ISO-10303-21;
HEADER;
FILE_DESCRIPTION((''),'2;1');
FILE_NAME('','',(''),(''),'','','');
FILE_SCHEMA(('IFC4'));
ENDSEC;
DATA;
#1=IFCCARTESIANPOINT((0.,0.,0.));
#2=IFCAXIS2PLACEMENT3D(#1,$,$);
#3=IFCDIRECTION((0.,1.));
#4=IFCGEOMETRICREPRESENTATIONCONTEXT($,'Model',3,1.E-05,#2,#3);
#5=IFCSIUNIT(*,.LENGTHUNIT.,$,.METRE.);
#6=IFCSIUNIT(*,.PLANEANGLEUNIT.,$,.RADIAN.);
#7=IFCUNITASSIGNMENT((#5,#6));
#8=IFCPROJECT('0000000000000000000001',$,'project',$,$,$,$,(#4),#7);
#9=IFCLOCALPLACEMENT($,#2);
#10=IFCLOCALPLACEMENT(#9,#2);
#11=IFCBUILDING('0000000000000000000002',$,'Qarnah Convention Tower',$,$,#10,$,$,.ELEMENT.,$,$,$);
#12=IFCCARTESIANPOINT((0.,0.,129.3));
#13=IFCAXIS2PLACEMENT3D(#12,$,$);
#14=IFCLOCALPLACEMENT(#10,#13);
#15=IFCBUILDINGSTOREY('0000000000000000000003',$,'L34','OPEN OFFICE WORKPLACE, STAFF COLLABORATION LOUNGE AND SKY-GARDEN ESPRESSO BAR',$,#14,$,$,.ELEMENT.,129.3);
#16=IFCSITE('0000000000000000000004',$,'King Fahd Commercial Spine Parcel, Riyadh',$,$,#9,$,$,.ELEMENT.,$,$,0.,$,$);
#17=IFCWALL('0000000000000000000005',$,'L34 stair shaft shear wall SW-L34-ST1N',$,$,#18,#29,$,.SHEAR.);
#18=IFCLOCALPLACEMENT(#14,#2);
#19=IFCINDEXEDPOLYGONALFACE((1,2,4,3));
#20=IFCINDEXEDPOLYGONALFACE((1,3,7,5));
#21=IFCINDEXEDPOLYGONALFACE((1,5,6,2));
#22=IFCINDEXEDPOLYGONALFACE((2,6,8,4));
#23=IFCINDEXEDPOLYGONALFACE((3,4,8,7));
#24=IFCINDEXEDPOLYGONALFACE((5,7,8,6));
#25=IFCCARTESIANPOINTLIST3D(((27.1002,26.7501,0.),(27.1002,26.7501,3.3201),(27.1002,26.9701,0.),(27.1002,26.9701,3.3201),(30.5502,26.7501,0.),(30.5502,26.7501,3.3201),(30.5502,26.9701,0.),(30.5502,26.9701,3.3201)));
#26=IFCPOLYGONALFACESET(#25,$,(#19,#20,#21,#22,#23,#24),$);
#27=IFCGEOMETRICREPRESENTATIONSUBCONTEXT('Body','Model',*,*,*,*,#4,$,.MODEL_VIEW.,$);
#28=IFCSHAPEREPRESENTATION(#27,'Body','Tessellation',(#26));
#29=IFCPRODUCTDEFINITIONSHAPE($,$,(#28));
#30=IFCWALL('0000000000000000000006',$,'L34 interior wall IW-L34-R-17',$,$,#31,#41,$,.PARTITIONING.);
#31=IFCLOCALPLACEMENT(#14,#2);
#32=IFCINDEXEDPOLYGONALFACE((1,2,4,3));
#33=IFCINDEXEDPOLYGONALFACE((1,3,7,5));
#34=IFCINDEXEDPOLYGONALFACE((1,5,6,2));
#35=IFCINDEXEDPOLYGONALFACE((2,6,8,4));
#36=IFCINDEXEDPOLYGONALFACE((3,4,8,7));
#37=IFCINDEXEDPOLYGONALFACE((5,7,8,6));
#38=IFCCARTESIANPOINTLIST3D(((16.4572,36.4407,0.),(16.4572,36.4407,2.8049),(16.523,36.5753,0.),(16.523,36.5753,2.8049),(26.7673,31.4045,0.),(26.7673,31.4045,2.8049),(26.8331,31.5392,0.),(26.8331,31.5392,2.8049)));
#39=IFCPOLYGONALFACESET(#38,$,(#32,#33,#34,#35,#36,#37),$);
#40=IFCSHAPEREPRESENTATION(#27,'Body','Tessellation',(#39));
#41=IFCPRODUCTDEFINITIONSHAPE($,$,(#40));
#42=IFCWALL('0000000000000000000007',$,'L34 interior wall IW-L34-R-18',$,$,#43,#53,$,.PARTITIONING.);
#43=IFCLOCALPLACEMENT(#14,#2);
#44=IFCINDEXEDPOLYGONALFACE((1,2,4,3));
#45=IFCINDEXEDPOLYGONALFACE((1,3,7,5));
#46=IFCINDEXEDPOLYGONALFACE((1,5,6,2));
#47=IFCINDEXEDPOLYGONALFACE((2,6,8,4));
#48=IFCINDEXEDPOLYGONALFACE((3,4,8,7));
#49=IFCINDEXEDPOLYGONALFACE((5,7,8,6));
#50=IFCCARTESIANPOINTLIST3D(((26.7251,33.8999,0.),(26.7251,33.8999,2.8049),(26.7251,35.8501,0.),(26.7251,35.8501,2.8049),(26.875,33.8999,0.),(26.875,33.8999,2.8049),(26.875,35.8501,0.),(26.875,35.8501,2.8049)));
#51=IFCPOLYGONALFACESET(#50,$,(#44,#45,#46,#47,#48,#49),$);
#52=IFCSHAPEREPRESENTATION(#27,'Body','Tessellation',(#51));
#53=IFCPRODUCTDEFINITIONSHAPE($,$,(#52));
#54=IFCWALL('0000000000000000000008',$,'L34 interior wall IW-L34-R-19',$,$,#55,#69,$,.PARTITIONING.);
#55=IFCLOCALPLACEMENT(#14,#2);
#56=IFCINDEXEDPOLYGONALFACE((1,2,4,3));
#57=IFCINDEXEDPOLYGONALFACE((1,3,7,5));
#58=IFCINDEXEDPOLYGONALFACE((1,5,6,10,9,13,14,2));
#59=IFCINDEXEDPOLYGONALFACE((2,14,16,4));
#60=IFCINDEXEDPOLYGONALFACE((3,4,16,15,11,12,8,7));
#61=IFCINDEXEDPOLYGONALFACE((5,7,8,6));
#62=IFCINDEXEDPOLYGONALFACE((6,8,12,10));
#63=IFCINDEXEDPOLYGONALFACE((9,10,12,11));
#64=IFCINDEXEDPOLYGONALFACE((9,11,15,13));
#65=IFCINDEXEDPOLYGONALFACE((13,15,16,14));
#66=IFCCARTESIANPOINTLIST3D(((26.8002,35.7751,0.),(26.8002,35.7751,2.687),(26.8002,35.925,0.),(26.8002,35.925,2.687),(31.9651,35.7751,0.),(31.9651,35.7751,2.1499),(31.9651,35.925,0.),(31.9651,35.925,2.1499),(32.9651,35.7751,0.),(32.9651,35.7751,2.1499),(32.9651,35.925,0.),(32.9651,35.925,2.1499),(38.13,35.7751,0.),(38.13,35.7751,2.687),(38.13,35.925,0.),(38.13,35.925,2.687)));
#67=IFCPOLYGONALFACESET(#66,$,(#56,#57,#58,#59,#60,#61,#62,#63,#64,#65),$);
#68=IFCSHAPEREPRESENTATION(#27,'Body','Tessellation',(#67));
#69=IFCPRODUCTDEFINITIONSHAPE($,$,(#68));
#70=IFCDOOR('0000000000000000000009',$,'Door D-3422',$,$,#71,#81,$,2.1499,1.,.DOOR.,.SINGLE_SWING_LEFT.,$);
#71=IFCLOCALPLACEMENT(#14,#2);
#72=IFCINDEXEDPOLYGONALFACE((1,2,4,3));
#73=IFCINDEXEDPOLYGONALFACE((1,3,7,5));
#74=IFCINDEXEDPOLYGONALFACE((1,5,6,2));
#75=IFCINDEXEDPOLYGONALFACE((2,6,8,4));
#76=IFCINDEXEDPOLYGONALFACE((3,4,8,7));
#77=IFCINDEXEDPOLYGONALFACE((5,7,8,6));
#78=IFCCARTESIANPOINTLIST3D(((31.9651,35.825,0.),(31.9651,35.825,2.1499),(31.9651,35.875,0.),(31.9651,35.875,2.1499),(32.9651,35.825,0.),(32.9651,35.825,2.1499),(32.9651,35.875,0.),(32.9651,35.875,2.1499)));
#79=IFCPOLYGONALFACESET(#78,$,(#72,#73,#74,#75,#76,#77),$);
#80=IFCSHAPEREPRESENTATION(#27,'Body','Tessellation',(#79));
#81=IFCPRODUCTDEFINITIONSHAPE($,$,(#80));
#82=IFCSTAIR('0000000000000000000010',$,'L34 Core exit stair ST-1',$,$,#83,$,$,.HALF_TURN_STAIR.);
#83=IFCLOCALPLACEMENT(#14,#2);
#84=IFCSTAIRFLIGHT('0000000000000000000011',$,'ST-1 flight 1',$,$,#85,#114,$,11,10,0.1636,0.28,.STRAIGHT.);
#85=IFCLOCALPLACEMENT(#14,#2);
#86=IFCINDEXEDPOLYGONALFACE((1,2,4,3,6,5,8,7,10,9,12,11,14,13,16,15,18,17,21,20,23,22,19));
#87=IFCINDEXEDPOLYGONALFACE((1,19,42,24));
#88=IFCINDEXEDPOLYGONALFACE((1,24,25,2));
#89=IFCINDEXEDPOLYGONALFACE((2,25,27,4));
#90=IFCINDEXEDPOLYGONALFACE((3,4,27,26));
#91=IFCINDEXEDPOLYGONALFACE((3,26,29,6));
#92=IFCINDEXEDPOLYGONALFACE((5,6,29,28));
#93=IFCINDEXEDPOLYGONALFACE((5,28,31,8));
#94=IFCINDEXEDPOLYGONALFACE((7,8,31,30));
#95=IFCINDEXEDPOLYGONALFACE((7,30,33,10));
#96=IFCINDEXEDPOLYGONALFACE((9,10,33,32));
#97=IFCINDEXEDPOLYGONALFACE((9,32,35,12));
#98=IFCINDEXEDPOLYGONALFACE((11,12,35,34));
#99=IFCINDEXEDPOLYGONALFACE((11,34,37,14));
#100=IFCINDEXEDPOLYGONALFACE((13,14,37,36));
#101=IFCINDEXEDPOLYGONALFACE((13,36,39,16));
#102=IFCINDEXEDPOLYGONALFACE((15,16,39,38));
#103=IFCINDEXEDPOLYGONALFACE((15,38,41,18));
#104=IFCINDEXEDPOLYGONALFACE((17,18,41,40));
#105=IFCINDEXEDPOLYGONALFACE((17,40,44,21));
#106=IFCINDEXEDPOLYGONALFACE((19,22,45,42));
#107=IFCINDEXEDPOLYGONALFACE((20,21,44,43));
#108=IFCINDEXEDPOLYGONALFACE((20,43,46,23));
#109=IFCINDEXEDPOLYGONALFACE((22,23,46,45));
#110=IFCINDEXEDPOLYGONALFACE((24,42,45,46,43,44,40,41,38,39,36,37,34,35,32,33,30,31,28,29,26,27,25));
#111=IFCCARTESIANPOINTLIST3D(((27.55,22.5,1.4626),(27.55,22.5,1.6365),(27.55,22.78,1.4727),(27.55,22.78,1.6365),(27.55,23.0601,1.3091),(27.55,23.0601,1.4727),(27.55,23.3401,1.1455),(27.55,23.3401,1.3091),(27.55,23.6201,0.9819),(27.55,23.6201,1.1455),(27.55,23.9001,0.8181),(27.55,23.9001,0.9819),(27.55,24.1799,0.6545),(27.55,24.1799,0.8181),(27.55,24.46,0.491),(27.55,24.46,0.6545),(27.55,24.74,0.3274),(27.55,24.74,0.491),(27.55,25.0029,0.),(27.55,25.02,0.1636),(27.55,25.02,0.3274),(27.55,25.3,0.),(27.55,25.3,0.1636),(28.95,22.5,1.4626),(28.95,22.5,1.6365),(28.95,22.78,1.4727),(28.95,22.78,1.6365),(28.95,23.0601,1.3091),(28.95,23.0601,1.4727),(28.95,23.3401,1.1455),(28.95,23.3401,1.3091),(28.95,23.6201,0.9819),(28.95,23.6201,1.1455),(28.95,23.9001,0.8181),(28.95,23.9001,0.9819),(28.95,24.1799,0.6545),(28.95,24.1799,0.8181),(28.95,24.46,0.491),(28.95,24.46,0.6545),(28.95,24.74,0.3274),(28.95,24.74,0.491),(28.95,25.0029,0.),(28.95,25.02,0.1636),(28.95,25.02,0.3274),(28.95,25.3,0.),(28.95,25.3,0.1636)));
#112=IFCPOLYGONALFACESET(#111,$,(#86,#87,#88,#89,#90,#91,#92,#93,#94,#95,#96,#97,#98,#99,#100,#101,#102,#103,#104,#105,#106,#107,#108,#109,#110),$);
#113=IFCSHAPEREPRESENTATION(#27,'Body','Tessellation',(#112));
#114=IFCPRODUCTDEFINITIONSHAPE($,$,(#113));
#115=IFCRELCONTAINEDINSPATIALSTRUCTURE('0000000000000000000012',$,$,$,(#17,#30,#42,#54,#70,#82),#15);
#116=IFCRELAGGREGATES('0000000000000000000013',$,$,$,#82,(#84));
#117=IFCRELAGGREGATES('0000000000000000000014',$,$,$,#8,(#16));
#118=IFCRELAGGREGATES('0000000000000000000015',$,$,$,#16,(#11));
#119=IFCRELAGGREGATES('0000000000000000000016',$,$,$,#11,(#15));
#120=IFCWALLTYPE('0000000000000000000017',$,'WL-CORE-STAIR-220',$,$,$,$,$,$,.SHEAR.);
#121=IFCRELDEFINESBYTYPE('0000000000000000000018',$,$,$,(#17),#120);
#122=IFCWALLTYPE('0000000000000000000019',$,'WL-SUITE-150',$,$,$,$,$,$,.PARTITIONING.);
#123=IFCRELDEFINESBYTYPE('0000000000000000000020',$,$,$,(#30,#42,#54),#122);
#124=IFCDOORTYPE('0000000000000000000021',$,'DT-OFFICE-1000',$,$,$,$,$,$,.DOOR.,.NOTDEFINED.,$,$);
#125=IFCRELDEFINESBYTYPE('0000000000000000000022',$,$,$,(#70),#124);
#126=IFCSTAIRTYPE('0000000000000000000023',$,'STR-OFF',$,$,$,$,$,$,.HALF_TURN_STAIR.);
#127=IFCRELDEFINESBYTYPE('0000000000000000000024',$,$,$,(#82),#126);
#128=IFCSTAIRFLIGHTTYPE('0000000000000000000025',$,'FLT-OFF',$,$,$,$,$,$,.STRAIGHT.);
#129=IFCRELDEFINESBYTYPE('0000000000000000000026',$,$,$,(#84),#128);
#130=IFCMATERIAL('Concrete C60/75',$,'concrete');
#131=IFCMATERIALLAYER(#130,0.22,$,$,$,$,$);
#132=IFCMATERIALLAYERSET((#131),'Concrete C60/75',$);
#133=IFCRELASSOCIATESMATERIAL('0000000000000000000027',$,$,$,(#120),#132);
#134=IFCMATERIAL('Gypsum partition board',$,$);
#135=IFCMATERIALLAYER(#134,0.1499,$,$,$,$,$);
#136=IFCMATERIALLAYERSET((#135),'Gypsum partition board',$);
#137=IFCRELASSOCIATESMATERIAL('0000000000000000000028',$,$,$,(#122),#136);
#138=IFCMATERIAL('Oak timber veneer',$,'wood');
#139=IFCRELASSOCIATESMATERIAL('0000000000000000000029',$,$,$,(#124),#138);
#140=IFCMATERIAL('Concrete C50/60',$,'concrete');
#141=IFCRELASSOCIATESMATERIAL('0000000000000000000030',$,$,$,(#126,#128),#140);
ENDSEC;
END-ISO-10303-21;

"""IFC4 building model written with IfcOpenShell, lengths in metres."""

from ifc_helpers import new_model, si_unit, direction, frame, frame_2d, origin, place, context, subcontext, project, spatial, polyline, rectangle, outline, extrude, material, layer, layer_set, type_object, element, fill, aggregate, save


model = new_model("IFC4")

# Units and contexts
model_context = context("Model", 3, precision=1e-05, world=origin(), true_north=direction((0.0, 1.0)))
body_context = subcontext(model_context, "Body", "Model", "MODEL_VIEW")
ifc_project = project(units=[si_unit("LENGTHUNIT", "METRE"), si_unit("PLANEANGLEUNIT", "RADIAN")], contexts=[model_context])

# Site, building, storey
site_placement = place(None, origin())
site = spatial("IfcSite", under=ifc_project, at=site_placement, Name="King Fahd Commercial Spine Parcel, Riyadh", CompositionType="ELEMENT", RefElevation=0.0)
building_placement = place(site_placement, origin())
building = spatial("IfcBuilding", under=site, at=building_placement, Name="Qarnah Convention Tower", CompositionType="ELEMENT")
storey_placement = place(building_placement, frame((0.0, 0.0, 129.3)))
storey = spatial("IfcBuildingStorey", under=building, at=storey_placement, Name="L34", Description="OPEN OFFICE WORKPLACE, STAFF COLLABORATION LOUNGE AND SKY-GARDEN ESPRESSO BAR", CompositionType="ELEMENT", Elevation=129.3)

# Shared definitions
ifc_material_1 = material(Name="Concrete C60/75", Category="concrete")

# Wall
ifc_layer_1 = layer(ifc_material_1, 0.22)
ifc_layer_set_1 = layer_set([ifc_layer_1], Name="Concrete C60/75")
wall_type_1 = type_object("IfcWallType", Name="WL-CORE-STAIR-220", PredefinedType="SHEAR", material=ifc_layer_set_1)
wall_1_placement = place(storey_placement, frame((27.1001, 26.8601, 0.0), z_axis=(0.0, 0.0, 1.0), x_axis=(1.0, 0.0, 0.0)))
element("IfcWall", 1, at=wall_1_placement, inside=storey, type_object=wall_type_1, Name="L34 stair shaft shear wall SW-L34-ST1N", PredefinedType="SHEAR", context=body_context, shape_type="SweptSolid", body=[
    extrude(rectangle(XDim=3.45, YDim=0.22, at=frame_2d((1.7251, 0.0))), origin(), (0.0, 0.0, 1.0), 3.3201),
])

# Walls
ifc_material_2 = material(Name="Gypsum partition board")
ifc_layer_2 = layer(ifc_material_2, 0.1499)
ifc_layer_set_2 = layer_set([ifc_layer_2], Name="Gypsum partition board")
wall_type_2 = type_object("IfcWallType", Name="WL-SUITE-150", PredefinedType="PARTITIONING", material=ifc_layer_set_2)
wall_2_placement = place(storey_placement, frame((16.49, 36.5081, 0.0), z_axis=(0.0, 0.0, 1.0), x_axis=(0.898534, -0.438905, 0.0)))
element("IfcWall", 2, at=wall_2_placement, inside=storey, type_object=wall_type_2, Name="L34 interior wall IW-L34-R-17", PredefinedType="PARTITIONING", context=body_context, shape_type="SweptSolid", body=[
    extrude(rectangle(XDim=11.4744, YDim=0.1499, at=frame_2d((5.7373, 0.0))), origin(), (0.0, 0.0, 1.0), 2.8049),
])
wall_3_placement = place(storey_placement, frame((26.8, 33.8999, 0.0), z_axis=(0.0, 0.0, 1.0), x_axis=(0.0, 1.0, 0.0)))
element("IfcWall", 3, at=wall_3_placement, inside=storey, type_object=wall_type_2, Name="L34 interior wall IW-L34-R-18", PredefinedType="PARTITIONING", context=body_context, shape_type="SweptSolid", body=[
    extrude(rectangle(XDim=1.9502, YDim=0.1499, at=frame_2d((0.9751, 0.0))), origin(), (0.0, 0.0, 1.0), 2.8049),
])

# Wall, opening, door
wall_4_placement = place(storey_placement, frame((26.8, 35.8501, 0.0), z_axis=(0.0, 0.0, 1.0), x_axis=(1.0, 0.0, 0.0)))
wall_4 = element("IfcWall", 4, at=wall_4_placement, inside=storey, type_object=wall_type_2, Name="L34 interior wall IW-L34-R-19", PredefinedType="PARTITIONING", context=body_context, shape_type="SweptSolid", body=[
    extrude(rectangle(XDim=11.3298, YDim=0.1499, at=frame_2d((5.665, 0.0))), origin(), (0.0, 0.0, 1.0), 2.687),
])
opening_1_placement = place(wall_4_placement, frame((5.165, 0.0, 0.0)))
opening_1 = element("IfcOpeningElement", 5, at=opening_1_placement, cuts=wall_4, PredefinedType="OPENING", context=body_context, shape_type="SweptSolid", body=[
    extrude(rectangle(XDim=1.0, YDim=2.1499, at=frame_2d((0.5, 1.075))), frame((0.0, 0.085, 0.0), z_axis=(0.0, -1.0, 0.0), x_axis=(1.0, 0.0, 0.0)), (0.0, 0.0, 1.0), 0.1699),
])
ifc_material_3 = material(Name="Oak timber veneer", Category="wood")
door_type_1 = type_object("IfcDoorType", Name="DT-OFFICE-1000", OperationType="NOTDEFINED", PredefinedType="DOOR", material=ifc_material_3)
door_1_placement = place(opening_1_placement, origin())
door_1 = element("IfcDoor", 6, at=door_1_placement, inside=storey, type_object=door_type_1, Name="Door D-3422", OperationType="SINGLE_SWING_LEFT", OverallHeight=2.1499, OverallWidth=1.0, PredefinedType="DOOR", context=body_context, shape_type="SweptSolid", body=[
    extrude(rectangle(XDim=1.0, YDim=2.1499, at=frame_2d((0.5, 1.075))), frame((0.0, 0.0249, 0.0), z_axis=(0.0, -1.0, 0.0), x_axis=(1.0, 0.0, 0.0)), (0.0, 0.0, 1.0), 0.05),
])
fill(opening_1, door_1)

# Stair, stair flight
ifc_material_4 = material(Name="Concrete C50/60", Category="concrete")
stair_type = type_object("IfcStairType", Name="STR-OFF", PredefinedType="HALF_TURN_STAIR", material=ifc_material_4)
stair_placement = place(storey_placement, origin())
stair = element("IfcStair", 7, at=stair_placement, inside=storey, type_object=stair_type, Name="L34 Core exit stair ST-1", PredefinedType="HALF_TURN_STAIR")
stair_flight_type = type_object("IfcStairFlightType", Name="FLT-OFF", PredefinedType="STRAIGHT", material=ifc_material_4)
stair_flight_placement = place(storey_placement, frame((28.25, 25.3, 0.0), z_axis=(0.0, 0.0, 1.0), x_axis=(0.0, -1.0, 0.0)))
stair_flight = element("IfcStairFlight", 8, at=stair_flight_placement, type_object=stair_flight_type, Name="ST-1 flight 1", NumberOfRisers=11, NumberOfTreads=10, PredefinedType="STRAIGHT", RiserHeight=0.1636, TreadLength=0.28, context=body_context, shape_type="SweptSolid", body=[
    extrude(outline(polyline([(0.0, 0.0), (0.0, 0.1636), (0.28, 0.1636), (0.28, 0.3274), (0.5601, 0.3274), (0.5601, 0.491), (0.8401, 0.491), (0.8401, 0.6545), (1.1201, 0.6545), (1.1201, 0.8181), (1.3999, 0.8181), (1.3999, 0.9819), (1.6799, 0.9819), (1.6799, 1.1455), (1.96, 1.1455), (1.96, 1.3091), (2.24, 1.3091), (2.24, 1.4727), (2.52, 1.4727), (2.52, 1.6365), (2.8, 1.6365), (2.8, 1.8), (2.8, 1.4626), (0.2971, 0.0), (0.0, 0.0)])), frame((0.0, 0.7, 0.0), z_axis=(0.0, -1.0, 0.0), x_axis=(1.0, 0.0, 0.0)), (0.0, 0.0, 1.0), 1.3999),
])
aggregate(stair, [stair_flight])

save(model, "model.ifc")
